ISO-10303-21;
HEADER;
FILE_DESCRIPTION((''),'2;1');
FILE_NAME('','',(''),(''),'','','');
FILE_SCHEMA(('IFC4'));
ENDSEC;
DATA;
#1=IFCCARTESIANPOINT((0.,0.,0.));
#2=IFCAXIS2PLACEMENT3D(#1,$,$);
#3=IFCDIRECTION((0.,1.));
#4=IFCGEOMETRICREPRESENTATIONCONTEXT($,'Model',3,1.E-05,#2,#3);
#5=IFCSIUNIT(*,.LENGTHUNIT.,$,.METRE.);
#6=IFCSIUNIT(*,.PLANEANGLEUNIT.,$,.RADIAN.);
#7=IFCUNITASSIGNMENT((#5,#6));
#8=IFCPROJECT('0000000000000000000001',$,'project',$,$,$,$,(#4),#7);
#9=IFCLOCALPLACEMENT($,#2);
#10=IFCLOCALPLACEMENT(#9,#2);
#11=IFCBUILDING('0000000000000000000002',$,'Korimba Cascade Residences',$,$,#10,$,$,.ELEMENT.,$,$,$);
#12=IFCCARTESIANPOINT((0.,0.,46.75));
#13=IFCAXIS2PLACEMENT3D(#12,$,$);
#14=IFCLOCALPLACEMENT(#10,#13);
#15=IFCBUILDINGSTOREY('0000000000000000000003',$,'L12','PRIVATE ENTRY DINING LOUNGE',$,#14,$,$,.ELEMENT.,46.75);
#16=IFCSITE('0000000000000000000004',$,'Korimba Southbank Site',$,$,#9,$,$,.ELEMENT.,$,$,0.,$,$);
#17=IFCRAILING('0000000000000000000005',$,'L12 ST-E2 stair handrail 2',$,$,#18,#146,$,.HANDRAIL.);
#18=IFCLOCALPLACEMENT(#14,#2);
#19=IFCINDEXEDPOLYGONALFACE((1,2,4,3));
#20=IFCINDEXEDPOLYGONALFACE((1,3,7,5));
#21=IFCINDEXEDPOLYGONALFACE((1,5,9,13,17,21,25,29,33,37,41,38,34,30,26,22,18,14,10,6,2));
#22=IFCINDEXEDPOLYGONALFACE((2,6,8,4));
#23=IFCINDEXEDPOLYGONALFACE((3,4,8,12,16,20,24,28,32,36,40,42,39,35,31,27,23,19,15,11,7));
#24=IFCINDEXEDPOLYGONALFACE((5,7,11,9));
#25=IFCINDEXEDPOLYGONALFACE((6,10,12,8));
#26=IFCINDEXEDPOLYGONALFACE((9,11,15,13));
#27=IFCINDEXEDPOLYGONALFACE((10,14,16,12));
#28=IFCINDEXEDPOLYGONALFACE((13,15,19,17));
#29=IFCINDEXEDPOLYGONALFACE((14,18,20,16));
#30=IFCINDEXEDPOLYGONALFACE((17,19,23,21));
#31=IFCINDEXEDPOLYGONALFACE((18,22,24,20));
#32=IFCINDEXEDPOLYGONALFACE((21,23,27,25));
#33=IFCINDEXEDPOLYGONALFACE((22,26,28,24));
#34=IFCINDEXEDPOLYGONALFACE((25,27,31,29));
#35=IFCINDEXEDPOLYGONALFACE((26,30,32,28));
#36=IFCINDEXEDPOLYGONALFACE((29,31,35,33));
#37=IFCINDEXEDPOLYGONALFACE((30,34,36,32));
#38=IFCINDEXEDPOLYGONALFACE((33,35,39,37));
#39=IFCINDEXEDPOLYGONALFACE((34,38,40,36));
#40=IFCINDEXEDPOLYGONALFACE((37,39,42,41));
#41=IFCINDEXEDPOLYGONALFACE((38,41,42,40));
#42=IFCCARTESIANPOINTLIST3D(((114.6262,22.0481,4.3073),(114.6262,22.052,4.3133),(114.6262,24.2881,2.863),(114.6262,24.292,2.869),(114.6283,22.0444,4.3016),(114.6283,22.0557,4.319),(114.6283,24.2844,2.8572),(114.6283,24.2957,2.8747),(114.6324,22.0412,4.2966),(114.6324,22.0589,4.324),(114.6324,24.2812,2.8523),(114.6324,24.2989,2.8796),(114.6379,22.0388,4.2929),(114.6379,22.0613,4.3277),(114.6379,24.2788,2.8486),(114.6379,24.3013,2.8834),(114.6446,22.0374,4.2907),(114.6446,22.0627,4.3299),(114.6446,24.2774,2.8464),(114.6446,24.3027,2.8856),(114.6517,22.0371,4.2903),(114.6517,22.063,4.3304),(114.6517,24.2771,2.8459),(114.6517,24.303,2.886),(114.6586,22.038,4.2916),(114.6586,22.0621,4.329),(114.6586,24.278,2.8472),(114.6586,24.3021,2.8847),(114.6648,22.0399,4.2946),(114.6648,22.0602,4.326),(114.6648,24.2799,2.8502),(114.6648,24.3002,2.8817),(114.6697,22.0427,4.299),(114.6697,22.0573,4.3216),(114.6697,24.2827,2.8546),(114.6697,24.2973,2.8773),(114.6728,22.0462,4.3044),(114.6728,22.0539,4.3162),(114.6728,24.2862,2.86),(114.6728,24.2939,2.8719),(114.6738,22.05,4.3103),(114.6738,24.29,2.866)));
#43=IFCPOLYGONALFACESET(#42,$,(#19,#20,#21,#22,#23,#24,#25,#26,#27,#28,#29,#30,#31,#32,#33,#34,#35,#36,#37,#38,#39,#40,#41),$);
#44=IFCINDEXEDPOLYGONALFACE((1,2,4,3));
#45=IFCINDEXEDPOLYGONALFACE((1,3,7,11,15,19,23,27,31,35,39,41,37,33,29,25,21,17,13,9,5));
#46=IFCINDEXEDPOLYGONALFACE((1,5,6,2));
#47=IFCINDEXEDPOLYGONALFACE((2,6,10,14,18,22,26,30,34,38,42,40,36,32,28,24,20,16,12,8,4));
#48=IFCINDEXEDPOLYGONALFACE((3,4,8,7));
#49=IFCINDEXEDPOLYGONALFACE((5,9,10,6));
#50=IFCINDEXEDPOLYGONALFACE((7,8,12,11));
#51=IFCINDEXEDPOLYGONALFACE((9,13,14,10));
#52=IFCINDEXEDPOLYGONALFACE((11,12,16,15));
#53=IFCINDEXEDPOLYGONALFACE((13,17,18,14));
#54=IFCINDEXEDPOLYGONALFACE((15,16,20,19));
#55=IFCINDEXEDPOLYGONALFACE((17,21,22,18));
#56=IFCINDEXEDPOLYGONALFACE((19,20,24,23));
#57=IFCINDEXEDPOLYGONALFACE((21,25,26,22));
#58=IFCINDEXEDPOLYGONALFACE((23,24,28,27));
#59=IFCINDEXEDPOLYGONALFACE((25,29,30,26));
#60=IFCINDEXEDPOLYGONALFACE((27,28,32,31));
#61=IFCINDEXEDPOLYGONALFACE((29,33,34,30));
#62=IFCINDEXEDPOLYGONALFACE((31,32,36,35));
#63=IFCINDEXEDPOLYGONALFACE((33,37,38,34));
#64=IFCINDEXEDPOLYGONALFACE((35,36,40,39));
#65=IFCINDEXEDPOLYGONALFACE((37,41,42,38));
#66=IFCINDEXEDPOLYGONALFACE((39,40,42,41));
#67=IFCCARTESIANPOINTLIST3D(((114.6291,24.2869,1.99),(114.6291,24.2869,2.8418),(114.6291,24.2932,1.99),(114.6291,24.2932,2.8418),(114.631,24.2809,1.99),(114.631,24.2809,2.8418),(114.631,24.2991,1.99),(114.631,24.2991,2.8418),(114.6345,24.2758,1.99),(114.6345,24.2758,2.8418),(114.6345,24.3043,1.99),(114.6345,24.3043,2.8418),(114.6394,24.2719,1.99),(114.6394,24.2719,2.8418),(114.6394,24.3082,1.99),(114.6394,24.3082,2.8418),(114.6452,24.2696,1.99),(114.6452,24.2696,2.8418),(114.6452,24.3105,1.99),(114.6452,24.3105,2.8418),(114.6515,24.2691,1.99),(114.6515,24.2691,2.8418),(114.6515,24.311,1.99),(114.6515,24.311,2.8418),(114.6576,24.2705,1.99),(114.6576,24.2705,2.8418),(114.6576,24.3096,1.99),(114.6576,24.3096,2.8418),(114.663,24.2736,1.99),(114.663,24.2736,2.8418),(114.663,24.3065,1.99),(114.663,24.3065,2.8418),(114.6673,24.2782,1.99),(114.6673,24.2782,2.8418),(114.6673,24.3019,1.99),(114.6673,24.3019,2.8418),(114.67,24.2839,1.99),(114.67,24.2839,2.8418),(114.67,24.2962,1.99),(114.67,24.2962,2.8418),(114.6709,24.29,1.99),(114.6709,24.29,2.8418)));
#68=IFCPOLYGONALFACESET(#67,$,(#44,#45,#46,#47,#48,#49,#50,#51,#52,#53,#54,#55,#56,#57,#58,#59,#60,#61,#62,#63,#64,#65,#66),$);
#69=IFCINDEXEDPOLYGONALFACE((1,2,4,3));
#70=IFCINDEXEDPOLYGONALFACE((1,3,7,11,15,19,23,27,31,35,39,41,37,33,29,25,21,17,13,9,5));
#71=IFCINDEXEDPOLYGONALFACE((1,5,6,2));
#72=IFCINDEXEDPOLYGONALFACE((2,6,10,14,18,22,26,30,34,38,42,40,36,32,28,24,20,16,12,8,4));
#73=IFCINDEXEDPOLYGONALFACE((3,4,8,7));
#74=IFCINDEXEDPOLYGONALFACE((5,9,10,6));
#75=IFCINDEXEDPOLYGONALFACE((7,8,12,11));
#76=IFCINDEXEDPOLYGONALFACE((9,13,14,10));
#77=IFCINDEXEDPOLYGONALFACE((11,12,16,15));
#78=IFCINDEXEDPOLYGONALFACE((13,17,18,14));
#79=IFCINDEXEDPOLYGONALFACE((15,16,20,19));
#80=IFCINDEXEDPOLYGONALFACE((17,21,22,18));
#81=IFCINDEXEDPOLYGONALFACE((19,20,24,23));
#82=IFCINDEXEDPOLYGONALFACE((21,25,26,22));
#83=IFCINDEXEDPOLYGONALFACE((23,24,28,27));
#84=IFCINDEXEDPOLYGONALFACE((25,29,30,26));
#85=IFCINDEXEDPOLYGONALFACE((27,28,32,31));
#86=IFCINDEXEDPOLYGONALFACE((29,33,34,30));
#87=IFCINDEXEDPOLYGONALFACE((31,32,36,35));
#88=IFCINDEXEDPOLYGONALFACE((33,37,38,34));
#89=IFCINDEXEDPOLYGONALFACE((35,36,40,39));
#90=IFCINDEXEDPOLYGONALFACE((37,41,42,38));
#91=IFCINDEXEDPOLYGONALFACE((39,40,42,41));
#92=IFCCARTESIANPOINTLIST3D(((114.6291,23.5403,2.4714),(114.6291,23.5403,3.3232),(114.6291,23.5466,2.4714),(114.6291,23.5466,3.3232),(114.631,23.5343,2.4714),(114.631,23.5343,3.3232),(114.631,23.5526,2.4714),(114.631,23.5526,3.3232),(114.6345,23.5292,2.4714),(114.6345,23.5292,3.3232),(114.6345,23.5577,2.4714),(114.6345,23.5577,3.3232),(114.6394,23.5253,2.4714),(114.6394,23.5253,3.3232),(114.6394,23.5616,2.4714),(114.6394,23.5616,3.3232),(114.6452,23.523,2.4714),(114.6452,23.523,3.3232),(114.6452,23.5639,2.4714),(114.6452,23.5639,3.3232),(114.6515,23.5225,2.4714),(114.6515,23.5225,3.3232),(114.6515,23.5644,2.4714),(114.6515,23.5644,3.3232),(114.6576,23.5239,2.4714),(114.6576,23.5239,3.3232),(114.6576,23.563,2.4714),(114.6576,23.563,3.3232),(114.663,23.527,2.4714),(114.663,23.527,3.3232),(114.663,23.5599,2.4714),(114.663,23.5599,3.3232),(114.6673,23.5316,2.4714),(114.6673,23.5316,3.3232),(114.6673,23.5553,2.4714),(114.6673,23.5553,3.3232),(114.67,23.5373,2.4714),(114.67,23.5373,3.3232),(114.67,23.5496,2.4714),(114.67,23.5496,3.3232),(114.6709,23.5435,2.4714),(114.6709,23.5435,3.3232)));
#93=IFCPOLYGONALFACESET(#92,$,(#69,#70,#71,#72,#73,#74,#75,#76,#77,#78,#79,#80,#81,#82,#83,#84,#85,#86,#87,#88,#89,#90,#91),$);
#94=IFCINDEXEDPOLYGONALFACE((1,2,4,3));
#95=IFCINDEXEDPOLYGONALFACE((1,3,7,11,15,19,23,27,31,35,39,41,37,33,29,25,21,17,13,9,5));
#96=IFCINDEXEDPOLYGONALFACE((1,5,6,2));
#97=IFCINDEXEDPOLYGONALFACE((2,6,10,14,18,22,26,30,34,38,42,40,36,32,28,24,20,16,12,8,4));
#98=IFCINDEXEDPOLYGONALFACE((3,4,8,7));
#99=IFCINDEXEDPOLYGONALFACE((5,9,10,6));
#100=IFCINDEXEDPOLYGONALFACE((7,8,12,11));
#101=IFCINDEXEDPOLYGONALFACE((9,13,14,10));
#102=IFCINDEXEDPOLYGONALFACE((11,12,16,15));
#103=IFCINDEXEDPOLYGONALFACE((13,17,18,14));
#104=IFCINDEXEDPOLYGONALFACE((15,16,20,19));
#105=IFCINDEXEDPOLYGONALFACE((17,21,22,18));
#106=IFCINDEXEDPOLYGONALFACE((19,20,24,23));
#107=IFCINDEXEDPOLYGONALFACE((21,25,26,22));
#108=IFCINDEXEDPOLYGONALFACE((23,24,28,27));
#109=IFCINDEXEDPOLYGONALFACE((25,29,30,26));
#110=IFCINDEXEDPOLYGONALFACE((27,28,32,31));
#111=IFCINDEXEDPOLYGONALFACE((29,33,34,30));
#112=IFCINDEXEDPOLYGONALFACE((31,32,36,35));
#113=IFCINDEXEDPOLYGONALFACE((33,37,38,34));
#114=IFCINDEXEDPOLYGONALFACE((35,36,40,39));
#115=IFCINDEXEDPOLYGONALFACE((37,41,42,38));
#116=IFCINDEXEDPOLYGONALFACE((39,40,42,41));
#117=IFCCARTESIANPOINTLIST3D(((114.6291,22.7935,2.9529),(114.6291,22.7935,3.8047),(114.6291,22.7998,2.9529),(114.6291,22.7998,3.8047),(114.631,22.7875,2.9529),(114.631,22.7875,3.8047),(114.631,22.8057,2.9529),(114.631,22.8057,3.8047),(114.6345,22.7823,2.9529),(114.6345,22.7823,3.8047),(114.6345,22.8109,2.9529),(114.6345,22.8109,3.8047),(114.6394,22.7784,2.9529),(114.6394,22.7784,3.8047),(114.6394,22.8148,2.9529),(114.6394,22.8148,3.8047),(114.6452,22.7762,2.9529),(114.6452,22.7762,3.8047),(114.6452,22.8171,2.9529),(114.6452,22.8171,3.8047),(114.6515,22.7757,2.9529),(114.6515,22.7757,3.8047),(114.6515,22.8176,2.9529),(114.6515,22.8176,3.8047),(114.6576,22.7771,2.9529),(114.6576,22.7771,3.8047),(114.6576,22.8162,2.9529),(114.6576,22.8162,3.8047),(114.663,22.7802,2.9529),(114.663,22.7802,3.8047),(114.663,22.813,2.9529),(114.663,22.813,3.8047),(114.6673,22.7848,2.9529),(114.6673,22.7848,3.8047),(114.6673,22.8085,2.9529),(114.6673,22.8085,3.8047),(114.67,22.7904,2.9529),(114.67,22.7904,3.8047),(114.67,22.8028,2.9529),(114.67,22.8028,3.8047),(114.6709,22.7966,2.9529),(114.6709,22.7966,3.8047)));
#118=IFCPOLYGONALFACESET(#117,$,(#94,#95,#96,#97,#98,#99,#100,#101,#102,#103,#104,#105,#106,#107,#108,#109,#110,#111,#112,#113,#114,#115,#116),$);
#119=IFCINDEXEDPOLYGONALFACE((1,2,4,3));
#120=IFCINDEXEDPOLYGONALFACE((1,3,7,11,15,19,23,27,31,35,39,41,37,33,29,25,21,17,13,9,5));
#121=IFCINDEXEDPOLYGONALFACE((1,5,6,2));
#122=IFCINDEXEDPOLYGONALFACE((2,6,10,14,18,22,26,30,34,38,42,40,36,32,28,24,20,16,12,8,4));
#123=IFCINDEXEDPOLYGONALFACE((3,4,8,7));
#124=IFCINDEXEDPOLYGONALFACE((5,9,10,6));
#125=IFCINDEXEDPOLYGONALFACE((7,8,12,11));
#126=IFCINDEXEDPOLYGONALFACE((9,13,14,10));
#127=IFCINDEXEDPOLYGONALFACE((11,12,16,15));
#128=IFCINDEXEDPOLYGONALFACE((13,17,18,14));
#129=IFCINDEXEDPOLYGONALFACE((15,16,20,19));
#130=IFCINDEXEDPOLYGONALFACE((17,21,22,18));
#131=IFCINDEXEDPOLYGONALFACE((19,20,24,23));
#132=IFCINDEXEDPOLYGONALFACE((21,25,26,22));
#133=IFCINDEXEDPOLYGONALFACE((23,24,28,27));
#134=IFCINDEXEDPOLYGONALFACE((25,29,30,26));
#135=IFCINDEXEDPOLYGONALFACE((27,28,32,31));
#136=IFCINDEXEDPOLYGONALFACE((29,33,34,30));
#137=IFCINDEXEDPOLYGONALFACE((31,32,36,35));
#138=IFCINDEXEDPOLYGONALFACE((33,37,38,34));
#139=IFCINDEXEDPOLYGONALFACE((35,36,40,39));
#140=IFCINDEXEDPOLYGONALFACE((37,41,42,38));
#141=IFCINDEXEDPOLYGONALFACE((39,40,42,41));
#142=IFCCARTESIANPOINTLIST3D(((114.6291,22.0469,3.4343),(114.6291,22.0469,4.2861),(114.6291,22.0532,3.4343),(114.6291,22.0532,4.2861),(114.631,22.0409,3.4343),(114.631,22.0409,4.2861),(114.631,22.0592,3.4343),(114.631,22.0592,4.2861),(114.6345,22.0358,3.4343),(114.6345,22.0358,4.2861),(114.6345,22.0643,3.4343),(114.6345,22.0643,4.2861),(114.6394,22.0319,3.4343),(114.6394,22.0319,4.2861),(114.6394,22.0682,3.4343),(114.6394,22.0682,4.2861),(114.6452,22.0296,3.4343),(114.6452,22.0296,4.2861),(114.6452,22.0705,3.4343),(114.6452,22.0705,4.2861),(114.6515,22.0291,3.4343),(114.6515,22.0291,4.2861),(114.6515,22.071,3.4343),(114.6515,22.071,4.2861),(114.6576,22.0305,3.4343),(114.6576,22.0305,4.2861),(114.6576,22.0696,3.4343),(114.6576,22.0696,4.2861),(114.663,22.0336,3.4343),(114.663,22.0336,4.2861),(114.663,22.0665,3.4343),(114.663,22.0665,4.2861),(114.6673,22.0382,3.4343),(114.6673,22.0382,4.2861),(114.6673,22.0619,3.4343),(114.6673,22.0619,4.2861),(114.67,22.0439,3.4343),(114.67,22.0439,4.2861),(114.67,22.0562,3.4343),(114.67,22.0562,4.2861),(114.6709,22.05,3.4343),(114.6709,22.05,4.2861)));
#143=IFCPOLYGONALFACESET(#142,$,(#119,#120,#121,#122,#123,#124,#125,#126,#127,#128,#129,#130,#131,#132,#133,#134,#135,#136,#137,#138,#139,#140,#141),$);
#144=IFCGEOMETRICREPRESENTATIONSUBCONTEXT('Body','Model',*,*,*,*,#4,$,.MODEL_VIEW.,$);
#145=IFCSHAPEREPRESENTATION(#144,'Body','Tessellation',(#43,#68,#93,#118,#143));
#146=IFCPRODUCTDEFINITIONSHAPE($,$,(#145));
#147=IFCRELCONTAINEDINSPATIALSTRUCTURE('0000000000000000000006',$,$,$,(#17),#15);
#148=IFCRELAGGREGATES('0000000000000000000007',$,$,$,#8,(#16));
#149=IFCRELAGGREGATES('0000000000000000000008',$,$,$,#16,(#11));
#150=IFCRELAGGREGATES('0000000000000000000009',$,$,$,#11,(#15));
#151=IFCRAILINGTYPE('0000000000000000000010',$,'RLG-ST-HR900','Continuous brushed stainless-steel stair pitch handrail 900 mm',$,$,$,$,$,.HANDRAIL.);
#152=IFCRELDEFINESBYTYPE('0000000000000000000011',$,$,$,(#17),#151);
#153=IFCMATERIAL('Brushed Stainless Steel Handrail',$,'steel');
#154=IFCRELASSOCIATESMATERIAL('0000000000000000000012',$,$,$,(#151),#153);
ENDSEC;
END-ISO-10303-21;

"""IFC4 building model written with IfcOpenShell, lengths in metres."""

from ifc_helpers import new_model, si_unit, direction, frame, origin, origin_2d, place, context, subcontext, project, spatial, circle, extrude, material, type_object, element, save


model = new_model("IFC4")

# Units and contexts
model_context = context("Model", 3, precision=1e-05, world=origin(), true_north=direction((0.0, 1.0)))
body_context = subcontext(model_context, "Body", "Model", "MODEL_VIEW")
ifc_project = project(units=[si_unit("LENGTHUNIT", "METRE"), si_unit("PLANEANGLEUNIT", "RADIAN")], contexts=[model_context])

# Site, building, storey
site_placement = place(None, origin())
site = spatial("IfcSite", under=ifc_project, at=site_placement, Name="Korimba Southbank Site", CompositionType="ELEMENT", RefElevation=0.0)
building_placement = place(site_placement, origin())
building = spatial("IfcBuilding", under=site, at=building_placement, Name="Korimba Cascade Residences", CompositionType="ELEMENT")
storey_placement = place(building_placement, frame((0.0, 0.0, 46.75)))
storey = spatial("IfcBuildingStorey", under=building, at=storey_placement, Name="L12", Description="PRIVATE ENTRY DINING LOUNGE", CompositionType="ELEMENT", Elevation=46.75)

# Railing
ifc_material_1 = material(Name="Brushed Stainless Steel Handrail", Category="steel")
railing_type_1 = type_object("IfcRailingType", Name="RLG-ST-HR900", Description="Continuous brushed stainless-steel stair pitch handrail 900 mm", PredefinedType="HANDRAIL", material=ifc_material_1)
railing_1_placement = place(storey_placement, frame((114.6499, 24.29, 1.99)))
element("IfcRailing", 1, at=railing_1_placement, inside=storey, type_object=railing_type_1, Name="L12 ST-E2 stair handrail 2", PredefinedType="HANDRAIL", context=body_context, shape_type="SweptSolid", body=[
    extrude(circle(Radius=0.0239, at=origin_2d()), frame((0.0, 0.0, 0.876), z_axis=(0.0, -0.840437, 0.54191), x_axis=(1.0, 0.0, 0.0)), (0.0, 0.0, 1.0), 2.6653),
    extrude(circle(Radius=0.021, at=origin_2d()), origin(), (0.0, 0.0, 1.0), 0.8518),
    extrude(circle(Radius=0.021, at=origin_2d()), frame((0.0, -0.7466, 0.4814)), (0.0, 0.0, 1.0), 0.8518),
    extrude(circle(Radius=0.021, at=origin_2d()), frame((0.0, -1.4934, 0.9629)), (0.0, 0.0, 1.0), 0.8518),
    extrude(circle(Radius=0.021, at=origin_2d()), frame((0.0, -2.24, 1.4443)), (0.0, 0.0, 1.0), 0.8518),
])

save(model, "model.ifc")
